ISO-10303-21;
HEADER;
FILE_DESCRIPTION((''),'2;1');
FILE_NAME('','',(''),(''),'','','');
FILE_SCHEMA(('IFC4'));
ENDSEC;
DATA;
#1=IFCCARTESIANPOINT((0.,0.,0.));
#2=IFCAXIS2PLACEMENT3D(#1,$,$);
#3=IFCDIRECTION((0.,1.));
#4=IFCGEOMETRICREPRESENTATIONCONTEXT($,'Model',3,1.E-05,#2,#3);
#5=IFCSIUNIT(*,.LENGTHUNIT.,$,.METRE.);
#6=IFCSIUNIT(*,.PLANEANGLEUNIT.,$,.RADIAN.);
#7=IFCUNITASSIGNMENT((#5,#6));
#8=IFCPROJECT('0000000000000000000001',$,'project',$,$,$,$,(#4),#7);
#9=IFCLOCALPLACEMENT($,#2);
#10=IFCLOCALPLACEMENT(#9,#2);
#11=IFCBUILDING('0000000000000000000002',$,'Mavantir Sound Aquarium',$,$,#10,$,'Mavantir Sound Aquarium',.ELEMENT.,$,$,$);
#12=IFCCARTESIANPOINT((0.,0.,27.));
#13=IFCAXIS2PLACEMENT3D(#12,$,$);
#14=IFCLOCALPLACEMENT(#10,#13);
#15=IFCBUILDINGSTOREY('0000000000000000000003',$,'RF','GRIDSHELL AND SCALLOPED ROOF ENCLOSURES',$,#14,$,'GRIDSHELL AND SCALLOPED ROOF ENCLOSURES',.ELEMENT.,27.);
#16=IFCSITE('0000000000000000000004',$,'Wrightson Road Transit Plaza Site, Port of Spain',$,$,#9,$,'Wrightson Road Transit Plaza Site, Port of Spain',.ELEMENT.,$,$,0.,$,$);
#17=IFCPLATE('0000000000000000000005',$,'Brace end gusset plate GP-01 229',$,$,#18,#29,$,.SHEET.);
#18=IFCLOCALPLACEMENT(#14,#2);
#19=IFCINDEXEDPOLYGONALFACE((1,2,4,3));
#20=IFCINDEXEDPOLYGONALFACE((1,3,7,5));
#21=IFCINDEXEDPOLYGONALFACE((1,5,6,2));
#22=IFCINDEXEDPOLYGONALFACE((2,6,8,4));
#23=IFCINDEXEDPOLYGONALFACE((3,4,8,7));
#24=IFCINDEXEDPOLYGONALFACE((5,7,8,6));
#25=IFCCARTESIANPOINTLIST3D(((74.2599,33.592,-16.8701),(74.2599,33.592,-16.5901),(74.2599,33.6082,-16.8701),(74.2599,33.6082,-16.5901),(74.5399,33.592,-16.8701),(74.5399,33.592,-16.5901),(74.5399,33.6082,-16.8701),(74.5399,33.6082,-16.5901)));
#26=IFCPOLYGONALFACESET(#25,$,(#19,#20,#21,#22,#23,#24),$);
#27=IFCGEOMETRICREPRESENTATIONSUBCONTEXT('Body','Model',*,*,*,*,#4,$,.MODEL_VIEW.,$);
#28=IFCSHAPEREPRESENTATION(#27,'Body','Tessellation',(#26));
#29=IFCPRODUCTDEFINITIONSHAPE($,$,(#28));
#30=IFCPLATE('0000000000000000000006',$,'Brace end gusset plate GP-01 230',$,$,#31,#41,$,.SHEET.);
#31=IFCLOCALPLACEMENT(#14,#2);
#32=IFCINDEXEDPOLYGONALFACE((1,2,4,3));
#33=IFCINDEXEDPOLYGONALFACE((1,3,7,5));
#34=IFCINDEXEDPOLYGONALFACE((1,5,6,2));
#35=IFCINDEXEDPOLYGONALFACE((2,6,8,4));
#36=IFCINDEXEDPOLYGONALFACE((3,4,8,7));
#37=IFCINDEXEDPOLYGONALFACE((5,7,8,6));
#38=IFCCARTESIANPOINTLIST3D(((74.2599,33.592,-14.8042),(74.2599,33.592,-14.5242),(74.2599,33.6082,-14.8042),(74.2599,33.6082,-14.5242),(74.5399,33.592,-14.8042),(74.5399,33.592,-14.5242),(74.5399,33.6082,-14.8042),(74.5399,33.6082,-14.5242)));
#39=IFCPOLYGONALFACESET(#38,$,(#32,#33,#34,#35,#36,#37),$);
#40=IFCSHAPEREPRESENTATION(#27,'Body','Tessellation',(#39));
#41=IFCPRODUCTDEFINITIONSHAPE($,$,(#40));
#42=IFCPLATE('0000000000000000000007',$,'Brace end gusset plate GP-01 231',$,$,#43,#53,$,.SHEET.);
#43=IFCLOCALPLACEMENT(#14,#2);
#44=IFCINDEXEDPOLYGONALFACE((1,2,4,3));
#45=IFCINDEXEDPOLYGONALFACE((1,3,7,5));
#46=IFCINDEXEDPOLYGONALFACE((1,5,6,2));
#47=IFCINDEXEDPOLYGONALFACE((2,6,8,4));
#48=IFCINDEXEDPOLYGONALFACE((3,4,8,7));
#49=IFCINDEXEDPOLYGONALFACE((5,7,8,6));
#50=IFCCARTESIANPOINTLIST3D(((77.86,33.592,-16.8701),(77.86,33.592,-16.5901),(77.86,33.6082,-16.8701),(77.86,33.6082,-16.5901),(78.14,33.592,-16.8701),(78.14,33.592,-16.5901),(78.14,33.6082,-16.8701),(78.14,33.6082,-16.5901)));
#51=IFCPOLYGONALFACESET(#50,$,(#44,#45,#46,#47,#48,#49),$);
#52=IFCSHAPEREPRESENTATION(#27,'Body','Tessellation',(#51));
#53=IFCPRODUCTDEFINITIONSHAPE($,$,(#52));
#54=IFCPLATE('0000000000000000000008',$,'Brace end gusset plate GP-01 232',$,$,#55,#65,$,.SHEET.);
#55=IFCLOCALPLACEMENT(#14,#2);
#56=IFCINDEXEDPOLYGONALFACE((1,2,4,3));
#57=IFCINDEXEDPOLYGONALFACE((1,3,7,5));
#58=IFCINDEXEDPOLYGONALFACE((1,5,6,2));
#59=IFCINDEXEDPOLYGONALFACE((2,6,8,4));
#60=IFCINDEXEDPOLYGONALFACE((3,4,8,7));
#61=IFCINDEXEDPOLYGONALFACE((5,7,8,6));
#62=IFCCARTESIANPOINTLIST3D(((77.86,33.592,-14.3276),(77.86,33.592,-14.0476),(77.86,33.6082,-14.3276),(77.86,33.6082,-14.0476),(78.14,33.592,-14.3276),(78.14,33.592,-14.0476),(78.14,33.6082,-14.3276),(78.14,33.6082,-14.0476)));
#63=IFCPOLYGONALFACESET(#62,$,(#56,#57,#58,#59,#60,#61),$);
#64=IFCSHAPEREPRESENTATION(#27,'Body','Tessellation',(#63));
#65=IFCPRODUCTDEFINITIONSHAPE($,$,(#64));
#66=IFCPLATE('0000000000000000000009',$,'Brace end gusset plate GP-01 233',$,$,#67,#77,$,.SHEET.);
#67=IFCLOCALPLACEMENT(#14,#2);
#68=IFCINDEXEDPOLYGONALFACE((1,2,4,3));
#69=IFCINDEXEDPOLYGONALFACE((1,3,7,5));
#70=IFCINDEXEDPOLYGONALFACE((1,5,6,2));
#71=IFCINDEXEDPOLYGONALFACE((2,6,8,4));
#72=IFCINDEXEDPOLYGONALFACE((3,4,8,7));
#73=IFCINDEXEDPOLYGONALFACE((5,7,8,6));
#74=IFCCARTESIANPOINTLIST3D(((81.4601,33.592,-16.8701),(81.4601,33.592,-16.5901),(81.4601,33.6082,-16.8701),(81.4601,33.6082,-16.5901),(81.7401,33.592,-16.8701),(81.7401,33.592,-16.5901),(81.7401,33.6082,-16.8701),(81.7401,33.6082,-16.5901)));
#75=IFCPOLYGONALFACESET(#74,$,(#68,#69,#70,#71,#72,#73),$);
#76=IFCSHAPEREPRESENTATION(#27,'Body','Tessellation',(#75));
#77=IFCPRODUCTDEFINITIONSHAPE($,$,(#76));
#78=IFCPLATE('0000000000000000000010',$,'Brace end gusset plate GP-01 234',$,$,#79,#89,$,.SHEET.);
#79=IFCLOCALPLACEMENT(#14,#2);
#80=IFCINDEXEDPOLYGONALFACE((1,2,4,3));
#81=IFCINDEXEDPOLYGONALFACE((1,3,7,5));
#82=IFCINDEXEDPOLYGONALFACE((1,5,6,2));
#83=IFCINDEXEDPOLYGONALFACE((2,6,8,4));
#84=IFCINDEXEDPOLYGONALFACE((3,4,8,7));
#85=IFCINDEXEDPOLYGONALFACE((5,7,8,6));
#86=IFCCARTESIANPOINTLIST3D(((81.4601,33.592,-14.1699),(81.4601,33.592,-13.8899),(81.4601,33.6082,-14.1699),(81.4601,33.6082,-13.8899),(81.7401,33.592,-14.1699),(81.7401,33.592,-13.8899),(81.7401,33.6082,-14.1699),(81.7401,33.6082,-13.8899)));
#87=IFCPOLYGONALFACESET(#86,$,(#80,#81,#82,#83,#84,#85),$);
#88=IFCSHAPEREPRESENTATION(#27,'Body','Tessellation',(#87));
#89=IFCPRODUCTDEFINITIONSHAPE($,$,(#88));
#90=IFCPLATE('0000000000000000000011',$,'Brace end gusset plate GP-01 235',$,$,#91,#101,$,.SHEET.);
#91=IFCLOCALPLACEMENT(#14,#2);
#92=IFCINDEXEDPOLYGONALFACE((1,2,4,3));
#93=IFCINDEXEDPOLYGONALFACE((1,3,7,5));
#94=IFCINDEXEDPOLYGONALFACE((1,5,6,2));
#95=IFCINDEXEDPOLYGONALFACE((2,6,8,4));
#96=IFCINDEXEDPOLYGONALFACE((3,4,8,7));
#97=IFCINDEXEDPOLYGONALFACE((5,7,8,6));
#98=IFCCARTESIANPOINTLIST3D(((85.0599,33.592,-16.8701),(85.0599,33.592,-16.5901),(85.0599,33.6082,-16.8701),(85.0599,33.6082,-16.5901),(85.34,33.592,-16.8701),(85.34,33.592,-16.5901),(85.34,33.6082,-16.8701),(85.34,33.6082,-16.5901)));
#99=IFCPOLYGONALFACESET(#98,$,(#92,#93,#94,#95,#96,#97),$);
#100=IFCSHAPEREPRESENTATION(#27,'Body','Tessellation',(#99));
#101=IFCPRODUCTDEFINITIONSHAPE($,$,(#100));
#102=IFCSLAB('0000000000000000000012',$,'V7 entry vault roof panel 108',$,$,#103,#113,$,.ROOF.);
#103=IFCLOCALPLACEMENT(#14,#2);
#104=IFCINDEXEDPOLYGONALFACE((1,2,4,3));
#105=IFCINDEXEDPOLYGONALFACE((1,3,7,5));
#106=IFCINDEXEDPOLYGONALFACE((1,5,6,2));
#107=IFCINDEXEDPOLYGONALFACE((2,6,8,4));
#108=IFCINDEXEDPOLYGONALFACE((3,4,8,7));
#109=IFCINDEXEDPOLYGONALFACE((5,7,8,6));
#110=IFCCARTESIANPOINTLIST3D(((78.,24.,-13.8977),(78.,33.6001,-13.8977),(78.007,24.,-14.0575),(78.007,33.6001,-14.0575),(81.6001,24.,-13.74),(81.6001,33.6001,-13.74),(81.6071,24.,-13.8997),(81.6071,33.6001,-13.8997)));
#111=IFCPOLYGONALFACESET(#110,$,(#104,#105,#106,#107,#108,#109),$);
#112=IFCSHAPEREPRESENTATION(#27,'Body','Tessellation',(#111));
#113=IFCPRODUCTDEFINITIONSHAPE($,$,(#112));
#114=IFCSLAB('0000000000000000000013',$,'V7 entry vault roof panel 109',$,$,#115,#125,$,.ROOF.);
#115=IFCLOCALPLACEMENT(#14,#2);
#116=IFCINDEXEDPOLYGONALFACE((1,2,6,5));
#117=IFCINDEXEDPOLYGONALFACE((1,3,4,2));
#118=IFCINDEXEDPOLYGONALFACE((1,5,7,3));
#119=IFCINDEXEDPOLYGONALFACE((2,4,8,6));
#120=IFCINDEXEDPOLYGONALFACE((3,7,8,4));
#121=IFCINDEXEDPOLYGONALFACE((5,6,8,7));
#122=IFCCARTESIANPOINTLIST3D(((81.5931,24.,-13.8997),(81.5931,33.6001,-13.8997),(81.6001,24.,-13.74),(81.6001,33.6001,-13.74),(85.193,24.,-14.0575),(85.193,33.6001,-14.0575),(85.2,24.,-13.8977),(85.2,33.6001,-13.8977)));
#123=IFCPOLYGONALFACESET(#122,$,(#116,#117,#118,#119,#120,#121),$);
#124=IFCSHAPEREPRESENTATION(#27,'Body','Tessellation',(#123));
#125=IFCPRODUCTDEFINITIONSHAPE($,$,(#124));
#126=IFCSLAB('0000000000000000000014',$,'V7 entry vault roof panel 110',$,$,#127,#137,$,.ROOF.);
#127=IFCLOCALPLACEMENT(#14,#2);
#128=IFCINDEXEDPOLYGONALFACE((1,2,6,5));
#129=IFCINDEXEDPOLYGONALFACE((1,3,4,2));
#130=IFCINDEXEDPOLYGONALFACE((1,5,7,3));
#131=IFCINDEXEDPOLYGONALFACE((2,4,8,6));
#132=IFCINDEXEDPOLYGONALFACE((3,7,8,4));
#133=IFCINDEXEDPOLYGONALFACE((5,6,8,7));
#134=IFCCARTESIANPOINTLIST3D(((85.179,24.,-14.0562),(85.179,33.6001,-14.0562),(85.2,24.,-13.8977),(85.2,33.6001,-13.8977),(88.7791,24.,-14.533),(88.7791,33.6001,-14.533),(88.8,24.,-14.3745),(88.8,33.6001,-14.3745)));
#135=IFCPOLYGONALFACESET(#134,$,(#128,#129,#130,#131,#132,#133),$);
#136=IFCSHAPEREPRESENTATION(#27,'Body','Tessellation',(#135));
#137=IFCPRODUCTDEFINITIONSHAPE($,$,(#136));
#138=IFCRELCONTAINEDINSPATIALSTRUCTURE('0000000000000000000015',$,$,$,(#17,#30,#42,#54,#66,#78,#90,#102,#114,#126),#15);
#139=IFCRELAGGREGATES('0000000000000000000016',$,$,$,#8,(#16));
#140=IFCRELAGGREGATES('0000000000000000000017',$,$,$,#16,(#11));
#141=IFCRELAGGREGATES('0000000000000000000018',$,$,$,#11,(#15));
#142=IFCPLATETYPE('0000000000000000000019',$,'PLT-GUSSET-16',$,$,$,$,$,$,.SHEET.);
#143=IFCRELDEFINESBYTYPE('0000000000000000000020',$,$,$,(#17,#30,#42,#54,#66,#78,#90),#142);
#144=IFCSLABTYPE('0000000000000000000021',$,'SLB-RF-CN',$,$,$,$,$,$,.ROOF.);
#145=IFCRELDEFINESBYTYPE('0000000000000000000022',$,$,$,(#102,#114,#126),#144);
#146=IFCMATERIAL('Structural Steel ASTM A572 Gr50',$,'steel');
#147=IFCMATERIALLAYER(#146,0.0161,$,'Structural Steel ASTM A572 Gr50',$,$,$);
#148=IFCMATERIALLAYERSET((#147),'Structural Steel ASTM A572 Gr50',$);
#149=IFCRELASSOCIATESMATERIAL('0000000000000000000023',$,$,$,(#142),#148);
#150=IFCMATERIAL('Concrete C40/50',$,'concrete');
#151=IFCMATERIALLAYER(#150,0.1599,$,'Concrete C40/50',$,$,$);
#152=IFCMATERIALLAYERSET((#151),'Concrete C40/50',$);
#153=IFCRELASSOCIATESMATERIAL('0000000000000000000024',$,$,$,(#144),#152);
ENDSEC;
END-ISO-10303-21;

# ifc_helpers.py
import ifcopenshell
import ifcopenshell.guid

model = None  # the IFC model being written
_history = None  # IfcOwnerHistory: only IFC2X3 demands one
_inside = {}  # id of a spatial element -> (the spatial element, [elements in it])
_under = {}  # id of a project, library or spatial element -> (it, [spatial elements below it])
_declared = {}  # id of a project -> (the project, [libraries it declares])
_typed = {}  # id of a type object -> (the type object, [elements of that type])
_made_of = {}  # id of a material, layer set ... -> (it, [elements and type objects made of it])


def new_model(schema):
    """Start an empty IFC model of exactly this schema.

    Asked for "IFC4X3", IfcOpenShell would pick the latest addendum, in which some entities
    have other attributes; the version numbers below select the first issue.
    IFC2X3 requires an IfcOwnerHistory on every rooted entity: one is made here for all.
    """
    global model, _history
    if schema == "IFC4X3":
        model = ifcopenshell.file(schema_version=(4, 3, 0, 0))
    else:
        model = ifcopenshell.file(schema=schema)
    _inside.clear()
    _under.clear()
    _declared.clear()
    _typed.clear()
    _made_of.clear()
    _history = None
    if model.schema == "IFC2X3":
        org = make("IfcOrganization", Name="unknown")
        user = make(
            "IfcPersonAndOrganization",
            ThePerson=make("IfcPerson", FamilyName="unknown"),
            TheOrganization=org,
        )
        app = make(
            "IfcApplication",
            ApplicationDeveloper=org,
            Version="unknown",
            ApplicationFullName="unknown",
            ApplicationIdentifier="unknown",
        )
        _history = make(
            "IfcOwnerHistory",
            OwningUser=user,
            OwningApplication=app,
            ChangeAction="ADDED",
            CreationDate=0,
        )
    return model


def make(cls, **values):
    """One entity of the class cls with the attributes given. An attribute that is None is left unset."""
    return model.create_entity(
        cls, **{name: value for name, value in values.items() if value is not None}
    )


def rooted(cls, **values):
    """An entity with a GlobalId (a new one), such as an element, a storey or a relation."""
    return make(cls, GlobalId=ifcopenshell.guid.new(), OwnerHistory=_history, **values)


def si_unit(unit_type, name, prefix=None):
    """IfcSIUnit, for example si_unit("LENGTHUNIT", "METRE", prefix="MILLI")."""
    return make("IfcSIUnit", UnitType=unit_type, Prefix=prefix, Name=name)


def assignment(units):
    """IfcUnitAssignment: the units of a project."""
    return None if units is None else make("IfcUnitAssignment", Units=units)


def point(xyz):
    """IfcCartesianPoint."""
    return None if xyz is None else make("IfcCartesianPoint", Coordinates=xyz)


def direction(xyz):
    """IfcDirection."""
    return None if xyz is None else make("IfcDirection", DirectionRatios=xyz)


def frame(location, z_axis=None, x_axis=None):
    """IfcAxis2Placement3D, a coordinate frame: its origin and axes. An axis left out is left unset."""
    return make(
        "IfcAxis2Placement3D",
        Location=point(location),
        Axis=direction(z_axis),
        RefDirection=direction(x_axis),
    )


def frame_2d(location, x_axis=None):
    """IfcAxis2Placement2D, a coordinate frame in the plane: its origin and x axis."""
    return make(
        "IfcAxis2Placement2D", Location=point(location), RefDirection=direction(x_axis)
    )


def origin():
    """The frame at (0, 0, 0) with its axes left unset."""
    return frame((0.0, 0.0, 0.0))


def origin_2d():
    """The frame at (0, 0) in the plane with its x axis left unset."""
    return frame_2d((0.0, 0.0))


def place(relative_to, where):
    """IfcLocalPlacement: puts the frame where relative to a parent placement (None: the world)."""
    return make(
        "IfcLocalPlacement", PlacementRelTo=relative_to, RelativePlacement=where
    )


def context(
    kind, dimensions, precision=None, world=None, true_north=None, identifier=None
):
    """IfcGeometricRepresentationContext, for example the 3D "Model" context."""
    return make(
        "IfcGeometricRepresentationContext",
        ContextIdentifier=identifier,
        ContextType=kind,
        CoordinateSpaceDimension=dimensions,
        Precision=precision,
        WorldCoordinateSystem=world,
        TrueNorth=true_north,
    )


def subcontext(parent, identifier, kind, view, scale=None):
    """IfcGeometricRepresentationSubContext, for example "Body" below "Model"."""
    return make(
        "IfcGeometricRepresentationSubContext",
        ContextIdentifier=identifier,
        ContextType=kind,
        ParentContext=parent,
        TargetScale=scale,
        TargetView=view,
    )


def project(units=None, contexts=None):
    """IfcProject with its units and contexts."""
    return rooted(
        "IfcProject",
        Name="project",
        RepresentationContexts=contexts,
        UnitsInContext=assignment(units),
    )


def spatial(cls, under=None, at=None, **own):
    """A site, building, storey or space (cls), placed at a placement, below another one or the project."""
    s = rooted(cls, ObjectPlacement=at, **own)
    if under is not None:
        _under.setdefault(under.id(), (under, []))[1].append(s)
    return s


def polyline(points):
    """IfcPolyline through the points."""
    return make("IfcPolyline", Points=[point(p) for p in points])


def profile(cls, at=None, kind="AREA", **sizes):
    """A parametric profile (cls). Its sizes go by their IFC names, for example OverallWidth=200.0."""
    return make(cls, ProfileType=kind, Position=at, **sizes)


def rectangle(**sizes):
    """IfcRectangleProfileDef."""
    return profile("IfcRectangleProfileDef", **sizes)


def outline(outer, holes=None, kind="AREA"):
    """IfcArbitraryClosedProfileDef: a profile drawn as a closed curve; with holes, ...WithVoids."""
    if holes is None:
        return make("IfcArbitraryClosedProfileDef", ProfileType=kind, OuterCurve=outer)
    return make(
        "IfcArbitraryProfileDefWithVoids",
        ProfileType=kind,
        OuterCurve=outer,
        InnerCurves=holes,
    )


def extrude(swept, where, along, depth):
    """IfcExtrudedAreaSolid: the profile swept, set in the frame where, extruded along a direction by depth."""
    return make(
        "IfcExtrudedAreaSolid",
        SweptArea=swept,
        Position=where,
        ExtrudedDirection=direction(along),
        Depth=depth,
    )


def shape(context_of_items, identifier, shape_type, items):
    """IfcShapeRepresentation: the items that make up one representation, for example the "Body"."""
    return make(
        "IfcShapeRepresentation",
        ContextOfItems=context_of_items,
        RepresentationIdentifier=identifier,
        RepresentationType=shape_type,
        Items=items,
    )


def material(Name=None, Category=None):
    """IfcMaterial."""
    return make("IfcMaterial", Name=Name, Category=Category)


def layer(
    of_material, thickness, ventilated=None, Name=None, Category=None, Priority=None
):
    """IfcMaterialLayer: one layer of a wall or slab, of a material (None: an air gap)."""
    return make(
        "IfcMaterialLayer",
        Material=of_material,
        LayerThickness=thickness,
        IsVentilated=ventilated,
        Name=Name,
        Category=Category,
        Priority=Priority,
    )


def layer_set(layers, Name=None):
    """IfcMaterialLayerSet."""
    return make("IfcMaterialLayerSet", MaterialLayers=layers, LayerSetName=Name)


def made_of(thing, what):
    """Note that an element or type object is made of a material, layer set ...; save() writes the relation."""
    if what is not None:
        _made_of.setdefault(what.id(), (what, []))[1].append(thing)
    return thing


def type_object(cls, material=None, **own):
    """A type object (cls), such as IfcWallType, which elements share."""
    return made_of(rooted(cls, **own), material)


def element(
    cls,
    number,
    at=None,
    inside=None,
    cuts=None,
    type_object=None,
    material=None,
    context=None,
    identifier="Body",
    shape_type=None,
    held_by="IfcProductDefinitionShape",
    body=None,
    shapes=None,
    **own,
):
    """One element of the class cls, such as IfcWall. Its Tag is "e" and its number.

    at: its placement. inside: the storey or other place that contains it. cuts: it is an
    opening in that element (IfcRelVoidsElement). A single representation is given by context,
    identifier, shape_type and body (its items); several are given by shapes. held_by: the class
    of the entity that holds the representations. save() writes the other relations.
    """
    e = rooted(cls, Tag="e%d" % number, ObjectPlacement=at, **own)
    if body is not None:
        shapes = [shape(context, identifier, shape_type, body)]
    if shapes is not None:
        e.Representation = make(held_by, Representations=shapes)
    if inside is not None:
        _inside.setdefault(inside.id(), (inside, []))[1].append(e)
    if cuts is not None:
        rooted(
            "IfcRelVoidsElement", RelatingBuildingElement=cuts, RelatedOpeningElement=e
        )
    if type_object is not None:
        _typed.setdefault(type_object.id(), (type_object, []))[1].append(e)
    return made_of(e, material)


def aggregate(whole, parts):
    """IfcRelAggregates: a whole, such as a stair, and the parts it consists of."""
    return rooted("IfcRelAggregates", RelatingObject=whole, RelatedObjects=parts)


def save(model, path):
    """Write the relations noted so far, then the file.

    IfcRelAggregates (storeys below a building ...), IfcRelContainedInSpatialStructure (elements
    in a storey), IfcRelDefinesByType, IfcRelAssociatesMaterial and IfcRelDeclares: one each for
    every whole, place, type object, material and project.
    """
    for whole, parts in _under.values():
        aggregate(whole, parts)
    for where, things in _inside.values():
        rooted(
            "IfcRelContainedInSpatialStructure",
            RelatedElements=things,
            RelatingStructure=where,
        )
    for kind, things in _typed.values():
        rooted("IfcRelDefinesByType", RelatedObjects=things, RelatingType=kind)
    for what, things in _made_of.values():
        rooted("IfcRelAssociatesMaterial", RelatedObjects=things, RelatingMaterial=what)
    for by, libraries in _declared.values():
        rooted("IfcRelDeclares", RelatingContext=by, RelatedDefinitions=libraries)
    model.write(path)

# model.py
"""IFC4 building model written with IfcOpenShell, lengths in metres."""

from ifc_helpers import new_model, si_unit, direction, frame, origin, origin_2d, place, context, subcontext, project, spatial, polyline, rectangle, outline, extrude, material, layer, layer_set, type_object, element, save


model = new_model("IFC4")

# Units and contexts
model_context = context("Model", 3, precision=1e-05, world=origin(), true_north=direction((0.0, 1.0)))
body_context = subcontext(model_context, "Body", "Model", "MODEL_VIEW")
ifc_project = project(units=[si_unit("LENGTHUNIT", "METRE"), si_unit("PLANEANGLEUNIT", "RADIAN")], contexts=[model_context])

# Site, building, storey
site_placement = place(None, origin())
site = spatial("IfcSite", under=ifc_project, at=site_placement, Name="Wrightson Road Transit Plaza Site, Port of Spain", LongName="Wrightson Road Transit Plaza Site, Port of Spain", CompositionType="ELEMENT", RefElevation=0.0)
building_placement = place(site_placement, origin())
building = spatial("IfcBuilding", under=site, at=building_placement, Name="Mavantir Sound Aquarium", LongName="Mavantir Sound Aquarium", CompositionType="ELEMENT")
storey_placement = place(building_placement, frame((0.0, 0.0, 27.0)))
storey = spatial("IfcBuildingStorey", under=building, at=storey_placement, Name="RF", Description="GRIDSHELL AND SCALLOPED ROOF ENCLOSURES", LongName="GRIDSHELL AND SCALLOPED ROOF ENCLOSURES", CompositionType="ELEMENT", Elevation=27.0)

# Plates
ifc_material_1 = material(Name="Structural Steel ASTM A572 Gr50", Category="steel")
ifc_layer_1 = layer(ifc_material_1, 0.0161, Name="Structural Steel ASTM A572 Gr50")
ifc_layer_set_1 = layer_set([ifc_layer_1], Name="Structural Steel ASTM A572 Gr50")
plate_type_1 = type_object("IfcPlateType", Name="PLT-GUSSET-16", PredefinedType="SHEET", material=ifc_layer_set_1)
for number, where, z_axis, x_axis, name in (
    (1, (74.3999, 33.6001, -16.8701), (0.0, 0.0, 1.0), (1.0, 0.0, 0.0), "Brace end gusset plate GP-01 229"),
    (2, (74.3999, 33.6001, -14.8042), (0.0, 0.0, 1.0), (1.0, 0.0, 0.0), "Brace end gusset plate GP-01 230"),
    (3, (78.0, 33.6001, -16.8701), (0.0, 0.0, 1.0), (1.0, 0.0, 0.0), "Brace end gusset plate GP-01 231"),
    (4, (78.0, 33.6001, -14.3276), (0.0, 0.0, 1.0), (1.0, 0.0, 0.0), "Brace end gusset plate GP-01 232"),
    (5, (81.6001, 33.6001, -16.8701), (0.0, 0.0, 1.0), (1.0, 0.0, 0.0), "Brace end gusset plate GP-01 233"),
    (6, (81.6001, 33.6001, -14.1699), (0.0, 0.0, 1.0), (1.0, 0.0, 0.0), "Brace end gusset plate GP-01 234"),
    (7, (85.2, 33.6001, -16.8701), (0.0, 0.0, 1.0), (1.0, 0.0, 0.0), "Brace end gusset plate GP-01 235"),
):
    element("IfcPlate", number, at=place(storey_placement, frame(where, z_axis=z_axis, x_axis=x_axis)), inside=storey, type_object=plate_type_1, Name=name, PredefinedType="SHEET", context=body_context, shape_type="SweptSolid", body=[
        extrude(rectangle(XDim=0.28, YDim=0.0161, at=origin_2d()), origin(), (0.0, 0.0, 1.0), 0.28),
    ])

# Slabs
ifc_material_2 = material(Name="Concrete C40/50", Category="concrete")
ifc_layer_2 = layer(ifc_material_2, 0.1599, Name="Concrete C40/50")
ifc_layer_set_2 = layer_set([ifc_layer_2], Name="Concrete C40/50")
slab_type = type_object("IfcSlabType", Name="SLB-RF-CN", PredefinedType="ROOF", material=ifc_layer_set_2)
slab_1_placement = place(storey_placement, frame((78.0, 24.0, -13.8977), z_axis=(-0.043767, 0.0, 0.999042), x_axis=(0.999042, 0.0, 0.043767)))
element("IfcSlab", 8, at=slab_1_placement, inside=storey, type_object=slab_type, Name="V7 entry vault roof panel 108", PredefinedType="ROOF", context=body_context, shape_type="SweptSolid", body=[
    extrude(outline(polyline([(0.0, 0.0), (3.6036, 0.0), (3.6036, 9.6001), (0.0, 9.6001), (0.0, 0.0)])), origin(), (0.0, 0.0, -1.0), 0.1599),
])
slab_2_placement = place(storey_placement, frame((81.6001, 24.0, -13.74), z_axis=(0.043769, 0.0, 0.999042), x_axis=(0.999042, 0.0, -0.043769)))
element("IfcSlab", 9, at=slab_2_placement, inside=storey, type_object=slab_type, Name="V7 entry vault roof panel 109", PredefinedType="ROOF", context=body_context, shape_type="SweptSolid", body=[
    extrude(outline(polyline([(0.0, 0.0), (3.6033, 0.0), (3.6033, 9.6001), (0.0, 9.6001), (0.0, 0.0)])), origin(), (0.0, 0.0, -1.0), 0.1599),
])
slab_3_placement = place(storey_placement, frame((85.2, 24.0, -13.8977), z_axis=(0.131296, 0.0, 0.991343), x_axis=(0.991343, 0.0, -0.131296)))
element("IfcSlab", 10, at=slab_3_placement, inside=storey, type_object=slab_type, Name="V7 entry vault roof panel 110", PredefinedType="ROOF", context=body_context, shape_type="SweptSolid", body=[
    extrude(outline(polyline([(0.0, 0.0), (3.6315, 0.0), (3.6315, 9.6001), (0.0, 9.6001), (0.0, 0.0)])), origin(), (0.0, 0.0, -1.0), 0.1599),
])

save(model, "model.ifc")
